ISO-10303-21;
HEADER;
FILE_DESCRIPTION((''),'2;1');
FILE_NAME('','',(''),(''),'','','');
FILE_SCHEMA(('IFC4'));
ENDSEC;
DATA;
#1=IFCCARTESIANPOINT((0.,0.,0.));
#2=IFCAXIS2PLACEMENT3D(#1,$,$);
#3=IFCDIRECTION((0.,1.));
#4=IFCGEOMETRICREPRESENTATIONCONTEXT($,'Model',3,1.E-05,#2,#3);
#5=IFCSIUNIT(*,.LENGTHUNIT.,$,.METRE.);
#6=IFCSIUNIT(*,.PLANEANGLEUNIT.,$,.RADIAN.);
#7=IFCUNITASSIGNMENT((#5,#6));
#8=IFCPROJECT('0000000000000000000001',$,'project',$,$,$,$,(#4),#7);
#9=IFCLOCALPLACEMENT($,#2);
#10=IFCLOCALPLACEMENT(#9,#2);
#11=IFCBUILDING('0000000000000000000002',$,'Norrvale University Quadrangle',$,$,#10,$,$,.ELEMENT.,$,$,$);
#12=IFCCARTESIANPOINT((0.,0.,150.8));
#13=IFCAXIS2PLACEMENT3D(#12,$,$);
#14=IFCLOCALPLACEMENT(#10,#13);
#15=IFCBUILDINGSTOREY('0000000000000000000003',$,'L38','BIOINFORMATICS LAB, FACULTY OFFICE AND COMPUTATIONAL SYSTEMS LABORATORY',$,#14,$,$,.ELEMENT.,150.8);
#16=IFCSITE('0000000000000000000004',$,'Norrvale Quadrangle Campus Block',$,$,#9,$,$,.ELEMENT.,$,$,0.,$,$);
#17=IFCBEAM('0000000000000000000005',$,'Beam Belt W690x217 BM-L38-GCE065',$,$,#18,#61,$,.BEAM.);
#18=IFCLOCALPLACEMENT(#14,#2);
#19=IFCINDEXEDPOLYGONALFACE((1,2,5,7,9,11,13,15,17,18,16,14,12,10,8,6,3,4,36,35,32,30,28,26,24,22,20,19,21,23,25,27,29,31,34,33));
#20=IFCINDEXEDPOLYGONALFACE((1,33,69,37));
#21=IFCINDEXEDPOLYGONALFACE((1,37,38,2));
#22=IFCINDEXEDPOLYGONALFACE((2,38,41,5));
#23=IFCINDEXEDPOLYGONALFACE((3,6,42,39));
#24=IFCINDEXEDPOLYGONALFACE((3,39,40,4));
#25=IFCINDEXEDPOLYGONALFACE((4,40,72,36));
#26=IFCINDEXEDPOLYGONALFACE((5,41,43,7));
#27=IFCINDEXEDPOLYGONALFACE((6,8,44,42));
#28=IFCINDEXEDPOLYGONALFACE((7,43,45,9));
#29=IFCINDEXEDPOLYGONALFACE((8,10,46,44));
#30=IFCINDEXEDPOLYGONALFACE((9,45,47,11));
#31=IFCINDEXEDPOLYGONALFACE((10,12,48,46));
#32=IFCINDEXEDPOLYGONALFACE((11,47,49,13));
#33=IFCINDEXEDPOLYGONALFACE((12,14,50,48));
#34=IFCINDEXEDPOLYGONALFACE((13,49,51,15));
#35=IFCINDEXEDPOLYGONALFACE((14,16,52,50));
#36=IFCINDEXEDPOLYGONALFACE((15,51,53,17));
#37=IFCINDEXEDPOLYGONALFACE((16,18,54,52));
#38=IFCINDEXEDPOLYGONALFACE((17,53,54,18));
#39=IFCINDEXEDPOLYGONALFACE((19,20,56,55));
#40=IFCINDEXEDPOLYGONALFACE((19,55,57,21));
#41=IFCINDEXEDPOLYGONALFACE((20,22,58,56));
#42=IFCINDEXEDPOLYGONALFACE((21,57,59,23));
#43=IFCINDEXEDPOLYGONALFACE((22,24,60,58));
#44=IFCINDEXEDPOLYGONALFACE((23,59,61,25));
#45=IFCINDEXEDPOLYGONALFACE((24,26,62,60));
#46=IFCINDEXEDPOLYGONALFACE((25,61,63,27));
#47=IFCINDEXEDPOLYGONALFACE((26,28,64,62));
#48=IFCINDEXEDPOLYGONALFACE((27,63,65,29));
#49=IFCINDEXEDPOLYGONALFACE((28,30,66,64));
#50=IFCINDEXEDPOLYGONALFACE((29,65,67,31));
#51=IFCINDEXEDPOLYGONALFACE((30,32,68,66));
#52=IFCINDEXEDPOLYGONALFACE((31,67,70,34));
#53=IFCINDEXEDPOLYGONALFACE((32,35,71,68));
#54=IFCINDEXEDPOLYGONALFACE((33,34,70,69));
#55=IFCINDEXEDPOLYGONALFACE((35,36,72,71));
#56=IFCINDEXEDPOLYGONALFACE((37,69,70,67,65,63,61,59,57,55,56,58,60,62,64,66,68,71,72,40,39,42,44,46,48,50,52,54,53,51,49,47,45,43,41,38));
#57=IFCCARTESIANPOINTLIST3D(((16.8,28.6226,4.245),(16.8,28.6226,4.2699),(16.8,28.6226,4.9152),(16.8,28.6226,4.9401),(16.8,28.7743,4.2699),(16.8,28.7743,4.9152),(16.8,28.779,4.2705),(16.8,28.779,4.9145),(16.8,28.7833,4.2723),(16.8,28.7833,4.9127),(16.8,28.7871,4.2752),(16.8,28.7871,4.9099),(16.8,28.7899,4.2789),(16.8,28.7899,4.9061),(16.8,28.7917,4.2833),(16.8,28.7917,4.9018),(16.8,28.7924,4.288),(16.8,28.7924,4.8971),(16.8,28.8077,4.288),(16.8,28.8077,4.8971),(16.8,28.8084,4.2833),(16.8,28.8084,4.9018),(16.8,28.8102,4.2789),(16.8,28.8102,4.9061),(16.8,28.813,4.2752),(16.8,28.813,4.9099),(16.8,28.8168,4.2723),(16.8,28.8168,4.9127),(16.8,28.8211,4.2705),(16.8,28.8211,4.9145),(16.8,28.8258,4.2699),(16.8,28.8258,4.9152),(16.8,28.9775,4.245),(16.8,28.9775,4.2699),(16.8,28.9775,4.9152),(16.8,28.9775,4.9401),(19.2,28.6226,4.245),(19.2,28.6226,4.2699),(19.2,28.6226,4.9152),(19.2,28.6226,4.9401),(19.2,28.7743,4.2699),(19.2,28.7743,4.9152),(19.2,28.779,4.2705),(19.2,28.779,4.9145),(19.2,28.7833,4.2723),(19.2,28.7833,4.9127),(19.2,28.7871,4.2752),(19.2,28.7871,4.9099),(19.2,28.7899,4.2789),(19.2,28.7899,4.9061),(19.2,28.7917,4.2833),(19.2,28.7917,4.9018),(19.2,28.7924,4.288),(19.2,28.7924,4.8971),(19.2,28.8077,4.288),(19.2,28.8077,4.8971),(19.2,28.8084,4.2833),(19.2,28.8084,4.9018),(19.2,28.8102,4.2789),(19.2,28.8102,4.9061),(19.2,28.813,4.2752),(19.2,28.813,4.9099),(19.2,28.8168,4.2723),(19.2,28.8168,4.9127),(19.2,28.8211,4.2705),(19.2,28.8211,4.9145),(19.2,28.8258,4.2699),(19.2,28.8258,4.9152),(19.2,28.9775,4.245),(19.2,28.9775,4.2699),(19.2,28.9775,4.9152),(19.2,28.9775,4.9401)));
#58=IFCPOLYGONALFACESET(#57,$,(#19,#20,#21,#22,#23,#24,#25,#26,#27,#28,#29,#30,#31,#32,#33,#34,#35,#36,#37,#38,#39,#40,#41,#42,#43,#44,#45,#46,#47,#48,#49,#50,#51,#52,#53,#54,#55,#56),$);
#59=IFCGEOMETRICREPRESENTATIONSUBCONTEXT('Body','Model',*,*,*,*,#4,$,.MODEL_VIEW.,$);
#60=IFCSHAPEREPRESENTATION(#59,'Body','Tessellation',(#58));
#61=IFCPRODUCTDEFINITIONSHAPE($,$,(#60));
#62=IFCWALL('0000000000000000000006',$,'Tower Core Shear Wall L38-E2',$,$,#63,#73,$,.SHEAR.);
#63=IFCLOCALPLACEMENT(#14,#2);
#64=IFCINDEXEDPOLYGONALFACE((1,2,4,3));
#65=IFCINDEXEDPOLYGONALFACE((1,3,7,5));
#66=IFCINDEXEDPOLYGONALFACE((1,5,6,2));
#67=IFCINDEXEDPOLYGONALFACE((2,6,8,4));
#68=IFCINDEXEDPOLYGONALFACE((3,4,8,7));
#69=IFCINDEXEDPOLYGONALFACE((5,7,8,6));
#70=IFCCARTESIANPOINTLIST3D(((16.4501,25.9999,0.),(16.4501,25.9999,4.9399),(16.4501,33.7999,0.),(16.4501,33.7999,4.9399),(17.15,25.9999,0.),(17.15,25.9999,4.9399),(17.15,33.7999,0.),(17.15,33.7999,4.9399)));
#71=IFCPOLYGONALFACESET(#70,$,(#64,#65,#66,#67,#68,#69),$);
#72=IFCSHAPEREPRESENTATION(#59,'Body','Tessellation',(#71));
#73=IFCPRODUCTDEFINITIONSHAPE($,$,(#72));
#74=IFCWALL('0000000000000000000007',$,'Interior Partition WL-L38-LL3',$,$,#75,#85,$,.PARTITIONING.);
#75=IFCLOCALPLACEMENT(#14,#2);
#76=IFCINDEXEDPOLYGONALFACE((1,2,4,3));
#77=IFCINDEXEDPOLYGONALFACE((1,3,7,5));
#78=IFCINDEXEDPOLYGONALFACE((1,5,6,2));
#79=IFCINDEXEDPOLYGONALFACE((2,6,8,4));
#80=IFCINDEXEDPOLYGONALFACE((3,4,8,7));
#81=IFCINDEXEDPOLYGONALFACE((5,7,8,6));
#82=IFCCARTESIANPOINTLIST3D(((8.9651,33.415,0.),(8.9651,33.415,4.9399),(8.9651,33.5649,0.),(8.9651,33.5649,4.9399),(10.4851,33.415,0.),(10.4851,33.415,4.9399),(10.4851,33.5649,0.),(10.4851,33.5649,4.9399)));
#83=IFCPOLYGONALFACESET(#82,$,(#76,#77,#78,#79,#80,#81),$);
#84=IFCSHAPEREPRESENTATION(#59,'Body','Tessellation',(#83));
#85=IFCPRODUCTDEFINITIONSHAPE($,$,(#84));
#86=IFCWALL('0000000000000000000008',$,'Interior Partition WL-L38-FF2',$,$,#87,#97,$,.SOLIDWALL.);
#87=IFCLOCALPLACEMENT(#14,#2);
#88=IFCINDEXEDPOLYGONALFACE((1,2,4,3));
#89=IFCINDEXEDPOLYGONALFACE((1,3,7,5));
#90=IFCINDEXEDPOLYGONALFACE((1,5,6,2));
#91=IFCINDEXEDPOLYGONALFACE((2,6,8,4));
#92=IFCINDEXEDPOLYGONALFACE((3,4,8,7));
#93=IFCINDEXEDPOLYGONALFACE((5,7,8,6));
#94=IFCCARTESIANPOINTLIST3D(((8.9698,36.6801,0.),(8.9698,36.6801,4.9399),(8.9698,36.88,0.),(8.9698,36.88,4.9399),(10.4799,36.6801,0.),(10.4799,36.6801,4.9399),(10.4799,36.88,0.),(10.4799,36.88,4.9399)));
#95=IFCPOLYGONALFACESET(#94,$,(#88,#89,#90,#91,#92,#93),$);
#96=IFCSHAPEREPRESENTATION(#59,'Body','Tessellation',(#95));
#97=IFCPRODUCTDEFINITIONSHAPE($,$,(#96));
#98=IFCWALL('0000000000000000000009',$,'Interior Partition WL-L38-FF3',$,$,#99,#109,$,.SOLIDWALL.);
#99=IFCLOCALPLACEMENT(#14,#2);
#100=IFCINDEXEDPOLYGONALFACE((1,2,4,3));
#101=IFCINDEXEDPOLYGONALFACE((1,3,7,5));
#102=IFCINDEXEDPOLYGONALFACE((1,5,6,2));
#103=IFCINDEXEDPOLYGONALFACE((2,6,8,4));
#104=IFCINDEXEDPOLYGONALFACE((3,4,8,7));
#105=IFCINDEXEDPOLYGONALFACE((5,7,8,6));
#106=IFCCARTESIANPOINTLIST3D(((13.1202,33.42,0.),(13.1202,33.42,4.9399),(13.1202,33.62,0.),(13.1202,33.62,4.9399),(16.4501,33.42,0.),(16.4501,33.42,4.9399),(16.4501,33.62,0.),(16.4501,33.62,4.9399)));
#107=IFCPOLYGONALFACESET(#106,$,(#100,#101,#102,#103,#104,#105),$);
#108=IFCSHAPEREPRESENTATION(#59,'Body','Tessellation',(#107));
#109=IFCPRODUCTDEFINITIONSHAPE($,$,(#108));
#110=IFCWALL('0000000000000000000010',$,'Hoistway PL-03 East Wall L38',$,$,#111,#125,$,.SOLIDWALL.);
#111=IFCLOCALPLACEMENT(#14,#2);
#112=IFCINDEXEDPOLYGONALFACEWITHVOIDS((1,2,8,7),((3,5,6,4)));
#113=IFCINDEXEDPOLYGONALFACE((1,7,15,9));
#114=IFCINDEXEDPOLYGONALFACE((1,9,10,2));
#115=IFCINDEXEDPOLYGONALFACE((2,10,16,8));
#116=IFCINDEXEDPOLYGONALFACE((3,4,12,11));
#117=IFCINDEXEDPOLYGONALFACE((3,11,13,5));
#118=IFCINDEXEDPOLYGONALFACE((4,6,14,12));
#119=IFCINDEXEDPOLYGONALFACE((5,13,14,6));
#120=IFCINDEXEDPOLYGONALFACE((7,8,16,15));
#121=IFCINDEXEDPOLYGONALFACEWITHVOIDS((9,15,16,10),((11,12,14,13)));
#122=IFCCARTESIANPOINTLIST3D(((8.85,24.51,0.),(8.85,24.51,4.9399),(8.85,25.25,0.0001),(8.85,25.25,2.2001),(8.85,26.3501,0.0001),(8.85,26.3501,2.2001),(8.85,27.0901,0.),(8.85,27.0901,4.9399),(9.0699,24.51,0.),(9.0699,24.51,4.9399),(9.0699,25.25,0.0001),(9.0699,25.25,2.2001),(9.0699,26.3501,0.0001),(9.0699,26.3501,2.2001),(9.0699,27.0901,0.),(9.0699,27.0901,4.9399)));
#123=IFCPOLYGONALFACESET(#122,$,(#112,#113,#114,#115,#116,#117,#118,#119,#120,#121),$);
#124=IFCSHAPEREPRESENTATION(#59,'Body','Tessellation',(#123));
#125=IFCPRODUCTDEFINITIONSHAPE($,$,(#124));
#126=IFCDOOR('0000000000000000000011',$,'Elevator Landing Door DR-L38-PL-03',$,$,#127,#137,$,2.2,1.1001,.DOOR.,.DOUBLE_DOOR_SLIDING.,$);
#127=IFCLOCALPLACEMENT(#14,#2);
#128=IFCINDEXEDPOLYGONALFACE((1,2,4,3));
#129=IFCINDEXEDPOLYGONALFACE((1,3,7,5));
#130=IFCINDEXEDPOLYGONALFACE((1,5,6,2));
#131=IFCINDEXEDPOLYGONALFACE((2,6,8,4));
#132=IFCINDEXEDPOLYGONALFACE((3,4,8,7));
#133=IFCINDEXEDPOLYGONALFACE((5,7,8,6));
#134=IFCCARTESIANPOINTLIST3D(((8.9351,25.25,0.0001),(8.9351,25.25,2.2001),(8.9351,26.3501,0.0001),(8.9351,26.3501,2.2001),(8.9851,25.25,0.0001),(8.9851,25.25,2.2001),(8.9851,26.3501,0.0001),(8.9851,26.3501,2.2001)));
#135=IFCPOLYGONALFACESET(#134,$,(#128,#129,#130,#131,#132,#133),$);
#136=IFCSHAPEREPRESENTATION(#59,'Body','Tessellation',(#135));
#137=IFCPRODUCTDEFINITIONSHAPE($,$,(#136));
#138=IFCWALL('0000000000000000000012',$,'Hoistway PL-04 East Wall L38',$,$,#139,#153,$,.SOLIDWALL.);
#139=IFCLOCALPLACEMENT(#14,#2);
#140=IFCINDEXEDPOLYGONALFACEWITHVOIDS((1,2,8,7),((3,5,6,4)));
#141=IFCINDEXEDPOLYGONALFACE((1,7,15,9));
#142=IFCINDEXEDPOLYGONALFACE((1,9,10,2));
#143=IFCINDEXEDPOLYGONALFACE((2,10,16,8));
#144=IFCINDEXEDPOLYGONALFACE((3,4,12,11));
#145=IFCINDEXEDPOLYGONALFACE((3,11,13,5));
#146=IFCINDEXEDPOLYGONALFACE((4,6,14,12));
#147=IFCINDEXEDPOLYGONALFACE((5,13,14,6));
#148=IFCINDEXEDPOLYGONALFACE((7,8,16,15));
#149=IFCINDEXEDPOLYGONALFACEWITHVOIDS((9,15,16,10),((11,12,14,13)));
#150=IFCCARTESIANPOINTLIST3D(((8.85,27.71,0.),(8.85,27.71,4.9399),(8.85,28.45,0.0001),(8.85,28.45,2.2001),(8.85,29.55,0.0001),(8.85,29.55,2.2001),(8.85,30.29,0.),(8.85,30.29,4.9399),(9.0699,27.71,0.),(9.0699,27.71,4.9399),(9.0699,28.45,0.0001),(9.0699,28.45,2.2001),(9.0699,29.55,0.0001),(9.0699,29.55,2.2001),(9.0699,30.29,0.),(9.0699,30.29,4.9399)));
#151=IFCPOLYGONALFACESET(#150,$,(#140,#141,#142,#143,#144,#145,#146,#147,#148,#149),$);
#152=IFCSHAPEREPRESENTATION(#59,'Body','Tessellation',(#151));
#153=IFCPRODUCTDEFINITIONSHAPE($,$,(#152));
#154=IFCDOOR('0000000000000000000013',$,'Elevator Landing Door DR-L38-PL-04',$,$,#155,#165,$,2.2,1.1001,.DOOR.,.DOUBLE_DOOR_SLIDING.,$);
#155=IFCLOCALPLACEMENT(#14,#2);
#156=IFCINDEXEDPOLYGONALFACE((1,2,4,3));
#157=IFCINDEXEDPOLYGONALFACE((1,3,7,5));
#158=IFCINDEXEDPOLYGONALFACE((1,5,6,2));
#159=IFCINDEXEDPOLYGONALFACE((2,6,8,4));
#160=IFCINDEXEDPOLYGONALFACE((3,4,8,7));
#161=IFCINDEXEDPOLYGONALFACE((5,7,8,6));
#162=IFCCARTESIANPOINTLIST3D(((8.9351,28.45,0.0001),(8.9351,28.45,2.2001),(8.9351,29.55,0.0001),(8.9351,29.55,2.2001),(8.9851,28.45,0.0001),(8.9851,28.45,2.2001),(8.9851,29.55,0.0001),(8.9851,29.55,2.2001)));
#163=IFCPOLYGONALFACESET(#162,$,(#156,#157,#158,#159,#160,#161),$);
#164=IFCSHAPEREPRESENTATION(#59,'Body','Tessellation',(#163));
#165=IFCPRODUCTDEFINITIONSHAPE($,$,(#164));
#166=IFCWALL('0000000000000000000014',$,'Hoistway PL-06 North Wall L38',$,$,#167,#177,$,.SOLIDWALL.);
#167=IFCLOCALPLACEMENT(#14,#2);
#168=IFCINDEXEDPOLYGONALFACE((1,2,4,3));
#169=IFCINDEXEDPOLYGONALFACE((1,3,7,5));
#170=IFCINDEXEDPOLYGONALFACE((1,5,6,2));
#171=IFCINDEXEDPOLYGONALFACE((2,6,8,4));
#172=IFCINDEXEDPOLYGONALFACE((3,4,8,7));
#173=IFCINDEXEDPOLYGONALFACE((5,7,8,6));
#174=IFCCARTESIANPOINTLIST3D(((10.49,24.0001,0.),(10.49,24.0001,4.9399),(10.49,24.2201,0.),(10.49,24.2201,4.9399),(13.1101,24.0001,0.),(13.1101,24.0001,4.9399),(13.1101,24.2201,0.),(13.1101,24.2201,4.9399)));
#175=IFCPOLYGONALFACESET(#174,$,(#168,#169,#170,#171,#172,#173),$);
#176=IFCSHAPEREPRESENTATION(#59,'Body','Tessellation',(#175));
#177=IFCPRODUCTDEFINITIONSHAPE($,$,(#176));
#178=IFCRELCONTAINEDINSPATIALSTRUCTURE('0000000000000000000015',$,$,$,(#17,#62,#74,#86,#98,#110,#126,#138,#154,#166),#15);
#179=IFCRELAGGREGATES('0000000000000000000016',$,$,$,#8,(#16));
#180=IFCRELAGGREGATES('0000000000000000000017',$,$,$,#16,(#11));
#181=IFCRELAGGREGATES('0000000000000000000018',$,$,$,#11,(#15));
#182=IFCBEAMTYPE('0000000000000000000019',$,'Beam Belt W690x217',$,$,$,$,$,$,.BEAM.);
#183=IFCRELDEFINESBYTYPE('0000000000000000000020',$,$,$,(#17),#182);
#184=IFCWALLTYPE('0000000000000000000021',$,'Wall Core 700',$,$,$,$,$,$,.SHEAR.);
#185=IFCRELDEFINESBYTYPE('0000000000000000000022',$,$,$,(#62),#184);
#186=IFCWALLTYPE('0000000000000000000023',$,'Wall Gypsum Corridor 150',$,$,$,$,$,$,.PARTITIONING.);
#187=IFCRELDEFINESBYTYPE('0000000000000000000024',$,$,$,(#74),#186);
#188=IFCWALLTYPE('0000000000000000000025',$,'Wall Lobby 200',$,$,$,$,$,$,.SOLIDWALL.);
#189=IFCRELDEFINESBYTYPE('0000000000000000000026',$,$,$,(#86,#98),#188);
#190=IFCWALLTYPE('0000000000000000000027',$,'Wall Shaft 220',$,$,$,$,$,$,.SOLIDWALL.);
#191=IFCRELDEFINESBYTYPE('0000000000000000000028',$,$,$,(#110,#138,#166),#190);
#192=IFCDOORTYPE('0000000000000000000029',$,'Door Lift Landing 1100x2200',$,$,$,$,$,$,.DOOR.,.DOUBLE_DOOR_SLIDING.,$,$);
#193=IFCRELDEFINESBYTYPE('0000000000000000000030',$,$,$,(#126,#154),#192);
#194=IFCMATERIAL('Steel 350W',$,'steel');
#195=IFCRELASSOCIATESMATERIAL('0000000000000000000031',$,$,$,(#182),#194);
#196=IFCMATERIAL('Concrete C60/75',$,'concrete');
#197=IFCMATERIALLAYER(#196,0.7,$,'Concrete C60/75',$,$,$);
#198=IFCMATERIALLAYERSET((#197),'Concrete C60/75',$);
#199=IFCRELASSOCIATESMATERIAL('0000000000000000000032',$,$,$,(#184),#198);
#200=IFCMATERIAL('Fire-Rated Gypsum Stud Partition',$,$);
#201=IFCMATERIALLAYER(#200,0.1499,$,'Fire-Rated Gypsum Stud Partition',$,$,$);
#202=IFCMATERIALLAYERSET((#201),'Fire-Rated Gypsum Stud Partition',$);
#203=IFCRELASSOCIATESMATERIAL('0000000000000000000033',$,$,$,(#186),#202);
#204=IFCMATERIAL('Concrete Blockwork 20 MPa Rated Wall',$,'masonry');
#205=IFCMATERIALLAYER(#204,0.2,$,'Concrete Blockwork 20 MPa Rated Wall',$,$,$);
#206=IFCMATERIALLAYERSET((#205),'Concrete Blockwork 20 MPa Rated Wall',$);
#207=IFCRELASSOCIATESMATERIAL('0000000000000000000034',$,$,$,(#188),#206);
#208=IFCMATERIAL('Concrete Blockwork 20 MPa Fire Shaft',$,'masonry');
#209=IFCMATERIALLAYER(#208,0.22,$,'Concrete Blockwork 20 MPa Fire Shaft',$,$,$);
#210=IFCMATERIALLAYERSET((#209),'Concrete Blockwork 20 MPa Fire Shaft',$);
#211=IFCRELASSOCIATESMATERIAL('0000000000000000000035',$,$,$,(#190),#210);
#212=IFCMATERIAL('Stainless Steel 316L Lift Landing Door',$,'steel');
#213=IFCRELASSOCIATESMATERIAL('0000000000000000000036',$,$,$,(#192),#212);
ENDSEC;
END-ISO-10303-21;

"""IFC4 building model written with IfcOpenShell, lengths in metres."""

from ifc_helpers import new_model, si_unit, direction, frame, frame_2d, origin, origin_2d, place, context, subcontext, project, spatial, rectangle, i_section, extrude, material, layer, layer_set, material_profile, profile_set, type_object, element, fill, save


model = new_model("IFC4")

# Units and contexts
model_context = context("Model", 3, precision=1e-05, world=origin(), true_north=direction((0.0, 1.0)))
body_context = subcontext(model_context, "Body", "Model", "MODEL_VIEW")
ifc_project = project(units=[si_unit("LENGTHUNIT", "METRE"), si_unit("PLANEANGLEUNIT", "RADIAN")], contexts=[model_context])

# Site, building, storey
site_placement = place(None, origin())
site = spatial("IfcSite", under=ifc_project, at=site_placement, Name="Norrvale Quadrangle Campus Block", CompositionType="ELEMENT", RefElevation=0.0)
building_placement = place(site_placement, origin())
building = spatial("IfcBuilding", under=site, at=building_placement, Name="Norrvale University Quadrangle", CompositionType="ELEMENT")
storey_placement = place(building_placement, frame((0.0, 0.0, 150.8)))
storey = spatial("IfcBuildingStorey", under=building, at=storey_placement, Name="L38", Description="BIOINFORMATICS LAB, FACULTY OFFICE AND COMPUTATIONAL SYSTEMS LABORATORY", CompositionType="ELEMENT", Elevation=150.8)

# Beam
ifc_material_1 = material(Name="Steel 350W", Category="steel")
ifc_material_profile = material_profile(ifc_material_1, i_section(OverallWidth=0.355, OverallDepth=0.6951, WebThickness=0.0154, FlangeThickness=0.0249, FilletRadius=0.0181, at=origin_2d()), Name="Steel 350W")
ifc_profile_set = profile_set([ifc_material_profile], Name="Steel 350W")
beam_type = type_object("IfcBeamType", Name="Beam Belt W690x217", PredefinedType="BEAM", material=ifc_profile_set)
beam_placement = place(storey_placement, frame((16.8, 28.8, 4.5925), z_axis=(1.0, 0.0, 0.0), x_axis=(0.0, 1.0, 0.0)))
element("IfcBeam", 1, at=beam_placement, inside=storey, type_object=beam_type, Name="Beam Belt W690x217 BM-L38-GCE065", PredefinedType="BEAM", context=body_context, shape_type="SweptSolid", body=[
    extrude(i_section(OverallWidth=0.355, OverallDepth=0.6951, WebThickness=0.0154, FlangeThickness=0.0249, FilletRadius=0.0181, at=origin_2d()), origin(), (0.0, 0.0, 1.0), 2.3999),
])

# Walls
ifc_material_2 = material(Name="Concrete C60/75", Category="concrete")
ifc_layer_1 = layer(ifc_material_2, 0.7, Name="Concrete C60/75")
ifc_layer_set_1 = layer_set([ifc_layer_1], Name="Concrete C60/75")
wall_type_1 = type_object("IfcWallType", Name="Wall Core 700", PredefinedType="SHEAR", material=ifc_layer_set_1)
wall_1_placement = place(storey_placement, frame((16.8, 26.0, 0.0), z_axis=(0.0, 0.0, 1.0), x_axis=(0.0, 1.0, 0.0)))
element("IfcWall", 2, at=wall_1_placement, inside=storey, type_object=wall_type_1, Name="Tower Core Shear Wall L38-E2", PredefinedType="SHEAR", context=body_context, shape_type="SweptSolid", body=[
    extrude(rectangle(XDim=7.8, YDim=0.7, at=frame_2d((3.8999, 0.0))), origin(), (0.0, 0.0, 1.0), 4.9399),
])
ifc_material_3 = material(Name="Fire-Rated Gypsum Stud Partition")
ifc_layer_2 = layer(ifc_material_3, 0.1499, Name="Fire-Rated Gypsum Stud Partition")
ifc_layer_set_2 = layer_set([ifc_layer_2], Name="Fire-Rated Gypsum Stud Partition")
wall_type_2 = type_object("IfcWallType", Name="Wall Gypsum Corridor 150", PredefinedType="PARTITIONING", material=ifc_layer_set_2)
wall_2_placement = place(storey_placement, frame((8.9651, 33.49, 0.0), z_axis=(0.0, 0.0, 1.0), x_axis=(1.0, 0.0, 0.0)))
element("IfcWall", 3, at=wall_2_placement, inside=storey, type_object=wall_type_2, Name="Interior Partition WL-L38-LL3", PredefinedType="PARTITIONING", context=body_context, shape_type="SweptSolid", body=[
    extrude(rectangle(XDim=1.52, YDim=0.1499, at=frame_2d((0.76, 0.0))), origin(), (0.0, 0.0, 1.0), 4.9399),
])
ifc_material_4 = material(Name="Concrete Blockwork 20 MPa Rated Wall", Category="masonry")
ifc_layer_3 = layer(ifc_material_4, 0.2, Name="Concrete Blockwork 20 MPa Rated Wall")
ifc_layer_set_3 = layer_set([ifc_layer_3], Name="Concrete Blockwork 20 MPa Rated Wall")
wall_type_3 = type_object("IfcWallType", Name="Wall Lobby 200", PredefinedType="SOLIDWALL", material=ifc_layer_set_3)
wall_3_placement = place(storey_placement, frame((8.97, 36.78, 0.0), z_axis=(0.0, 0.0, 1.0), x_axis=(1.0, 0.0, 0.0)))
element("IfcWall", 4, at=wall_3_placement, inside=storey, type_object=wall_type_3, Name="Interior Partition WL-L38-FF2", PredefinedType="SOLIDWALL", context=body_context, shape_type="SweptSolid", body=[
    extrude(rectangle(XDim=1.51, YDim=0.2, at=frame_2d((0.7549, 0.0))), origin(), (0.0, 0.0, 1.0), 4.9399),
])
wall_4_placement = place(storey_placement, frame((13.1201, 33.52, 0.0), z_axis=(0.0, 0.0, 1.0), x_axis=(1.0, 0.0, 0.0)))
element("IfcWall", 5, at=wall_4_placement, inside=storey, type_object=wall_type_3, Name="Interior Partition WL-L38-FF3", PredefinedType="SOLIDWALL", context=body_context, shape_type="SweptSolid", body=[
    extrude(rectangle(XDim=3.3298, YDim=0.2, at=frame_2d((1.665, 0.0))), origin(), (0.0, 0.0, 1.0), 4.9399),
])

# Walls, openings, doors
ifc_material_5 = material(Name="Concrete Blockwork 20 MPa Fire Shaft", Category="masonry")
ifc_layer_4 = layer(ifc_material_5, 0.22, Name="Concrete Blockwork 20 MPa Fire Shaft")
ifc_layer_set_4 = layer_set([ifc_layer_4], Name="Concrete Blockwork 20 MPa Fire Shaft")
wall_type_4 = type_object("IfcWallType", Name="Wall Shaft 220", PredefinedType="SOLIDWALL", material=ifc_layer_set_4)
wall_5_placement = place(storey_placement, frame((8.96, 24.51, 0.0), z_axis=(0.0, 0.0, 1.0), x_axis=(0.0, 1.0, 0.0)))
wall_5 = element("IfcWall", 6, at=wall_5_placement, inside=storey, type_object=wall_type_4, Name="Hoistway PL-03 East Wall L38", PredefinedType="SOLIDWALL", context=body_context, shape_type="SweptSolid", body=[
    extrude(rectangle(XDim=2.5801, YDim=0.22, at=frame_2d((1.29, 0.0))), origin(), (0.0, 0.0, 1.0), 4.9399),
])
opening_1_placement = place(wall_5_placement, frame((0.74, 0.0, 0.0)))
opening_1 = element("IfcOpeningElement", 7, at=opening_1_placement, cuts=wall_5, PredefinedType="OPENING", context=body_context, shape_type="SweptSolid", body=[
    extrude(rectangle(XDim=1.1001, YDim=2.2, at=frame_2d((0.55, 1.1001))), frame((0.0, 0.1221, 0.0), z_axis=(0.0, -1.0, 0.0), x_axis=(1.0, 0.0, 0.0)), (0.0, 0.0, 1.0), 0.2439),
])
ifc_material_6 = material(Name="Stainless Steel 316L Lift Landing Door", Category="steel")
door_type_1 = type_object("IfcDoorType", Name="Door Lift Landing 1100x2200", OperationType="DOUBLE_DOOR_SLIDING", PredefinedType="DOOR", material=ifc_material_6)
door_1_placement = place(opening_1_placement, origin())
door_1 = element("IfcDoor", 8, at=door_1_placement, inside=storey, type_object=door_type_1, Name="Elevator Landing Door DR-L38-PL-03", OperationType="DOUBLE_DOOR_SLIDING", OverallHeight=2.2, OverallWidth=1.1001, PredefinedType="DOOR", context=body_context, shape_type="SweptSolid", body=[
    extrude(rectangle(XDim=1.1001, YDim=2.2, at=frame_2d((0.55, 1.1001))), frame((0.0, 0.0249, 0.0), z_axis=(0.0, -1.0, 0.0), x_axis=(1.0, 0.0, 0.0)), (0.0, 0.0, 1.0), 0.05),
])
fill(opening_1, door_1)
wall_6_placement = place(storey_placement, frame((8.96, 27.71, 0.0), z_axis=(0.0, 0.0, 1.0), x_axis=(0.0, 1.0, 0.0)))
wall_6 = element("IfcWall", 9, at=wall_6_placement, inside=storey, type_object=wall_type_4, Name="Hoistway PL-04 East Wall L38", PredefinedType="SOLIDWALL", context=body_context, shape_type="SweptSolid", body=[
    extrude(rectangle(XDim=2.5801, YDim=0.22, at=frame_2d((1.29, 0.0))), origin(), (0.0, 0.0, 1.0), 4.9399),
])
opening_2_placement = place(wall_6_placement, frame((0.74, 0.0, 0.0)))
opening_2 = element("IfcOpeningElement", 10, at=opening_2_placement, cuts=wall_6, PredefinedType="OPENING", context=body_context, shape_type="SweptSolid", body=[
    extrude(rectangle(XDim=1.1001, YDim=2.2, at=frame_2d((0.55, 1.1001))), frame((0.0, 0.1221, 0.0), z_axis=(0.0, -1.0, 0.0), x_axis=(1.0, 0.0, 0.0)), (0.0, 0.0, 1.0), 0.2439),
])
door_2_placement = place(opening_2_placement, origin())
door_2 = element("IfcDoor", 11, at=door_2_placement, inside=storey, type_object=door_type_1, Name="Elevator Landing Door DR-L38-PL-04", OperationType="DOUBLE_DOOR_SLIDING", OverallHeight=2.2, OverallWidth=1.1001, PredefinedType="DOOR", context=body_context, shape_type="SweptSolid", body=[
    extrude(rectangle(XDim=1.1001, YDim=2.2, at=frame_2d((0.55, 1.1001))), frame((0.0, 0.0249, 0.0), z_axis=(0.0, -1.0, 0.0), x_axis=(1.0, 0.0, 0.0)), (0.0, 0.0, 1.0), 0.05),
])
fill(opening_2, door_2)

# Wall
wall_7_placement = place(storey_placement, frame((10.49, 24.1101, 0.0), z_axis=(0.0, 0.0, 1.0), x_axis=(1.0, 0.0, 0.0)))
element("IfcWall", 12, at=wall_7_placement, inside=storey, type_object=wall_type_4, Name="Hoistway PL-06 North Wall L38", PredefinedType="SOLIDWALL", context=body_context, shape_type="SweptSolid", body=[
    extrude(rectangle(XDim=2.6201, YDim=0.22, at=frame_2d((1.3101, 0.0))), origin(), (0.0, 0.0, 1.0), 4.9399),
])

save(model, "model.ifc")
